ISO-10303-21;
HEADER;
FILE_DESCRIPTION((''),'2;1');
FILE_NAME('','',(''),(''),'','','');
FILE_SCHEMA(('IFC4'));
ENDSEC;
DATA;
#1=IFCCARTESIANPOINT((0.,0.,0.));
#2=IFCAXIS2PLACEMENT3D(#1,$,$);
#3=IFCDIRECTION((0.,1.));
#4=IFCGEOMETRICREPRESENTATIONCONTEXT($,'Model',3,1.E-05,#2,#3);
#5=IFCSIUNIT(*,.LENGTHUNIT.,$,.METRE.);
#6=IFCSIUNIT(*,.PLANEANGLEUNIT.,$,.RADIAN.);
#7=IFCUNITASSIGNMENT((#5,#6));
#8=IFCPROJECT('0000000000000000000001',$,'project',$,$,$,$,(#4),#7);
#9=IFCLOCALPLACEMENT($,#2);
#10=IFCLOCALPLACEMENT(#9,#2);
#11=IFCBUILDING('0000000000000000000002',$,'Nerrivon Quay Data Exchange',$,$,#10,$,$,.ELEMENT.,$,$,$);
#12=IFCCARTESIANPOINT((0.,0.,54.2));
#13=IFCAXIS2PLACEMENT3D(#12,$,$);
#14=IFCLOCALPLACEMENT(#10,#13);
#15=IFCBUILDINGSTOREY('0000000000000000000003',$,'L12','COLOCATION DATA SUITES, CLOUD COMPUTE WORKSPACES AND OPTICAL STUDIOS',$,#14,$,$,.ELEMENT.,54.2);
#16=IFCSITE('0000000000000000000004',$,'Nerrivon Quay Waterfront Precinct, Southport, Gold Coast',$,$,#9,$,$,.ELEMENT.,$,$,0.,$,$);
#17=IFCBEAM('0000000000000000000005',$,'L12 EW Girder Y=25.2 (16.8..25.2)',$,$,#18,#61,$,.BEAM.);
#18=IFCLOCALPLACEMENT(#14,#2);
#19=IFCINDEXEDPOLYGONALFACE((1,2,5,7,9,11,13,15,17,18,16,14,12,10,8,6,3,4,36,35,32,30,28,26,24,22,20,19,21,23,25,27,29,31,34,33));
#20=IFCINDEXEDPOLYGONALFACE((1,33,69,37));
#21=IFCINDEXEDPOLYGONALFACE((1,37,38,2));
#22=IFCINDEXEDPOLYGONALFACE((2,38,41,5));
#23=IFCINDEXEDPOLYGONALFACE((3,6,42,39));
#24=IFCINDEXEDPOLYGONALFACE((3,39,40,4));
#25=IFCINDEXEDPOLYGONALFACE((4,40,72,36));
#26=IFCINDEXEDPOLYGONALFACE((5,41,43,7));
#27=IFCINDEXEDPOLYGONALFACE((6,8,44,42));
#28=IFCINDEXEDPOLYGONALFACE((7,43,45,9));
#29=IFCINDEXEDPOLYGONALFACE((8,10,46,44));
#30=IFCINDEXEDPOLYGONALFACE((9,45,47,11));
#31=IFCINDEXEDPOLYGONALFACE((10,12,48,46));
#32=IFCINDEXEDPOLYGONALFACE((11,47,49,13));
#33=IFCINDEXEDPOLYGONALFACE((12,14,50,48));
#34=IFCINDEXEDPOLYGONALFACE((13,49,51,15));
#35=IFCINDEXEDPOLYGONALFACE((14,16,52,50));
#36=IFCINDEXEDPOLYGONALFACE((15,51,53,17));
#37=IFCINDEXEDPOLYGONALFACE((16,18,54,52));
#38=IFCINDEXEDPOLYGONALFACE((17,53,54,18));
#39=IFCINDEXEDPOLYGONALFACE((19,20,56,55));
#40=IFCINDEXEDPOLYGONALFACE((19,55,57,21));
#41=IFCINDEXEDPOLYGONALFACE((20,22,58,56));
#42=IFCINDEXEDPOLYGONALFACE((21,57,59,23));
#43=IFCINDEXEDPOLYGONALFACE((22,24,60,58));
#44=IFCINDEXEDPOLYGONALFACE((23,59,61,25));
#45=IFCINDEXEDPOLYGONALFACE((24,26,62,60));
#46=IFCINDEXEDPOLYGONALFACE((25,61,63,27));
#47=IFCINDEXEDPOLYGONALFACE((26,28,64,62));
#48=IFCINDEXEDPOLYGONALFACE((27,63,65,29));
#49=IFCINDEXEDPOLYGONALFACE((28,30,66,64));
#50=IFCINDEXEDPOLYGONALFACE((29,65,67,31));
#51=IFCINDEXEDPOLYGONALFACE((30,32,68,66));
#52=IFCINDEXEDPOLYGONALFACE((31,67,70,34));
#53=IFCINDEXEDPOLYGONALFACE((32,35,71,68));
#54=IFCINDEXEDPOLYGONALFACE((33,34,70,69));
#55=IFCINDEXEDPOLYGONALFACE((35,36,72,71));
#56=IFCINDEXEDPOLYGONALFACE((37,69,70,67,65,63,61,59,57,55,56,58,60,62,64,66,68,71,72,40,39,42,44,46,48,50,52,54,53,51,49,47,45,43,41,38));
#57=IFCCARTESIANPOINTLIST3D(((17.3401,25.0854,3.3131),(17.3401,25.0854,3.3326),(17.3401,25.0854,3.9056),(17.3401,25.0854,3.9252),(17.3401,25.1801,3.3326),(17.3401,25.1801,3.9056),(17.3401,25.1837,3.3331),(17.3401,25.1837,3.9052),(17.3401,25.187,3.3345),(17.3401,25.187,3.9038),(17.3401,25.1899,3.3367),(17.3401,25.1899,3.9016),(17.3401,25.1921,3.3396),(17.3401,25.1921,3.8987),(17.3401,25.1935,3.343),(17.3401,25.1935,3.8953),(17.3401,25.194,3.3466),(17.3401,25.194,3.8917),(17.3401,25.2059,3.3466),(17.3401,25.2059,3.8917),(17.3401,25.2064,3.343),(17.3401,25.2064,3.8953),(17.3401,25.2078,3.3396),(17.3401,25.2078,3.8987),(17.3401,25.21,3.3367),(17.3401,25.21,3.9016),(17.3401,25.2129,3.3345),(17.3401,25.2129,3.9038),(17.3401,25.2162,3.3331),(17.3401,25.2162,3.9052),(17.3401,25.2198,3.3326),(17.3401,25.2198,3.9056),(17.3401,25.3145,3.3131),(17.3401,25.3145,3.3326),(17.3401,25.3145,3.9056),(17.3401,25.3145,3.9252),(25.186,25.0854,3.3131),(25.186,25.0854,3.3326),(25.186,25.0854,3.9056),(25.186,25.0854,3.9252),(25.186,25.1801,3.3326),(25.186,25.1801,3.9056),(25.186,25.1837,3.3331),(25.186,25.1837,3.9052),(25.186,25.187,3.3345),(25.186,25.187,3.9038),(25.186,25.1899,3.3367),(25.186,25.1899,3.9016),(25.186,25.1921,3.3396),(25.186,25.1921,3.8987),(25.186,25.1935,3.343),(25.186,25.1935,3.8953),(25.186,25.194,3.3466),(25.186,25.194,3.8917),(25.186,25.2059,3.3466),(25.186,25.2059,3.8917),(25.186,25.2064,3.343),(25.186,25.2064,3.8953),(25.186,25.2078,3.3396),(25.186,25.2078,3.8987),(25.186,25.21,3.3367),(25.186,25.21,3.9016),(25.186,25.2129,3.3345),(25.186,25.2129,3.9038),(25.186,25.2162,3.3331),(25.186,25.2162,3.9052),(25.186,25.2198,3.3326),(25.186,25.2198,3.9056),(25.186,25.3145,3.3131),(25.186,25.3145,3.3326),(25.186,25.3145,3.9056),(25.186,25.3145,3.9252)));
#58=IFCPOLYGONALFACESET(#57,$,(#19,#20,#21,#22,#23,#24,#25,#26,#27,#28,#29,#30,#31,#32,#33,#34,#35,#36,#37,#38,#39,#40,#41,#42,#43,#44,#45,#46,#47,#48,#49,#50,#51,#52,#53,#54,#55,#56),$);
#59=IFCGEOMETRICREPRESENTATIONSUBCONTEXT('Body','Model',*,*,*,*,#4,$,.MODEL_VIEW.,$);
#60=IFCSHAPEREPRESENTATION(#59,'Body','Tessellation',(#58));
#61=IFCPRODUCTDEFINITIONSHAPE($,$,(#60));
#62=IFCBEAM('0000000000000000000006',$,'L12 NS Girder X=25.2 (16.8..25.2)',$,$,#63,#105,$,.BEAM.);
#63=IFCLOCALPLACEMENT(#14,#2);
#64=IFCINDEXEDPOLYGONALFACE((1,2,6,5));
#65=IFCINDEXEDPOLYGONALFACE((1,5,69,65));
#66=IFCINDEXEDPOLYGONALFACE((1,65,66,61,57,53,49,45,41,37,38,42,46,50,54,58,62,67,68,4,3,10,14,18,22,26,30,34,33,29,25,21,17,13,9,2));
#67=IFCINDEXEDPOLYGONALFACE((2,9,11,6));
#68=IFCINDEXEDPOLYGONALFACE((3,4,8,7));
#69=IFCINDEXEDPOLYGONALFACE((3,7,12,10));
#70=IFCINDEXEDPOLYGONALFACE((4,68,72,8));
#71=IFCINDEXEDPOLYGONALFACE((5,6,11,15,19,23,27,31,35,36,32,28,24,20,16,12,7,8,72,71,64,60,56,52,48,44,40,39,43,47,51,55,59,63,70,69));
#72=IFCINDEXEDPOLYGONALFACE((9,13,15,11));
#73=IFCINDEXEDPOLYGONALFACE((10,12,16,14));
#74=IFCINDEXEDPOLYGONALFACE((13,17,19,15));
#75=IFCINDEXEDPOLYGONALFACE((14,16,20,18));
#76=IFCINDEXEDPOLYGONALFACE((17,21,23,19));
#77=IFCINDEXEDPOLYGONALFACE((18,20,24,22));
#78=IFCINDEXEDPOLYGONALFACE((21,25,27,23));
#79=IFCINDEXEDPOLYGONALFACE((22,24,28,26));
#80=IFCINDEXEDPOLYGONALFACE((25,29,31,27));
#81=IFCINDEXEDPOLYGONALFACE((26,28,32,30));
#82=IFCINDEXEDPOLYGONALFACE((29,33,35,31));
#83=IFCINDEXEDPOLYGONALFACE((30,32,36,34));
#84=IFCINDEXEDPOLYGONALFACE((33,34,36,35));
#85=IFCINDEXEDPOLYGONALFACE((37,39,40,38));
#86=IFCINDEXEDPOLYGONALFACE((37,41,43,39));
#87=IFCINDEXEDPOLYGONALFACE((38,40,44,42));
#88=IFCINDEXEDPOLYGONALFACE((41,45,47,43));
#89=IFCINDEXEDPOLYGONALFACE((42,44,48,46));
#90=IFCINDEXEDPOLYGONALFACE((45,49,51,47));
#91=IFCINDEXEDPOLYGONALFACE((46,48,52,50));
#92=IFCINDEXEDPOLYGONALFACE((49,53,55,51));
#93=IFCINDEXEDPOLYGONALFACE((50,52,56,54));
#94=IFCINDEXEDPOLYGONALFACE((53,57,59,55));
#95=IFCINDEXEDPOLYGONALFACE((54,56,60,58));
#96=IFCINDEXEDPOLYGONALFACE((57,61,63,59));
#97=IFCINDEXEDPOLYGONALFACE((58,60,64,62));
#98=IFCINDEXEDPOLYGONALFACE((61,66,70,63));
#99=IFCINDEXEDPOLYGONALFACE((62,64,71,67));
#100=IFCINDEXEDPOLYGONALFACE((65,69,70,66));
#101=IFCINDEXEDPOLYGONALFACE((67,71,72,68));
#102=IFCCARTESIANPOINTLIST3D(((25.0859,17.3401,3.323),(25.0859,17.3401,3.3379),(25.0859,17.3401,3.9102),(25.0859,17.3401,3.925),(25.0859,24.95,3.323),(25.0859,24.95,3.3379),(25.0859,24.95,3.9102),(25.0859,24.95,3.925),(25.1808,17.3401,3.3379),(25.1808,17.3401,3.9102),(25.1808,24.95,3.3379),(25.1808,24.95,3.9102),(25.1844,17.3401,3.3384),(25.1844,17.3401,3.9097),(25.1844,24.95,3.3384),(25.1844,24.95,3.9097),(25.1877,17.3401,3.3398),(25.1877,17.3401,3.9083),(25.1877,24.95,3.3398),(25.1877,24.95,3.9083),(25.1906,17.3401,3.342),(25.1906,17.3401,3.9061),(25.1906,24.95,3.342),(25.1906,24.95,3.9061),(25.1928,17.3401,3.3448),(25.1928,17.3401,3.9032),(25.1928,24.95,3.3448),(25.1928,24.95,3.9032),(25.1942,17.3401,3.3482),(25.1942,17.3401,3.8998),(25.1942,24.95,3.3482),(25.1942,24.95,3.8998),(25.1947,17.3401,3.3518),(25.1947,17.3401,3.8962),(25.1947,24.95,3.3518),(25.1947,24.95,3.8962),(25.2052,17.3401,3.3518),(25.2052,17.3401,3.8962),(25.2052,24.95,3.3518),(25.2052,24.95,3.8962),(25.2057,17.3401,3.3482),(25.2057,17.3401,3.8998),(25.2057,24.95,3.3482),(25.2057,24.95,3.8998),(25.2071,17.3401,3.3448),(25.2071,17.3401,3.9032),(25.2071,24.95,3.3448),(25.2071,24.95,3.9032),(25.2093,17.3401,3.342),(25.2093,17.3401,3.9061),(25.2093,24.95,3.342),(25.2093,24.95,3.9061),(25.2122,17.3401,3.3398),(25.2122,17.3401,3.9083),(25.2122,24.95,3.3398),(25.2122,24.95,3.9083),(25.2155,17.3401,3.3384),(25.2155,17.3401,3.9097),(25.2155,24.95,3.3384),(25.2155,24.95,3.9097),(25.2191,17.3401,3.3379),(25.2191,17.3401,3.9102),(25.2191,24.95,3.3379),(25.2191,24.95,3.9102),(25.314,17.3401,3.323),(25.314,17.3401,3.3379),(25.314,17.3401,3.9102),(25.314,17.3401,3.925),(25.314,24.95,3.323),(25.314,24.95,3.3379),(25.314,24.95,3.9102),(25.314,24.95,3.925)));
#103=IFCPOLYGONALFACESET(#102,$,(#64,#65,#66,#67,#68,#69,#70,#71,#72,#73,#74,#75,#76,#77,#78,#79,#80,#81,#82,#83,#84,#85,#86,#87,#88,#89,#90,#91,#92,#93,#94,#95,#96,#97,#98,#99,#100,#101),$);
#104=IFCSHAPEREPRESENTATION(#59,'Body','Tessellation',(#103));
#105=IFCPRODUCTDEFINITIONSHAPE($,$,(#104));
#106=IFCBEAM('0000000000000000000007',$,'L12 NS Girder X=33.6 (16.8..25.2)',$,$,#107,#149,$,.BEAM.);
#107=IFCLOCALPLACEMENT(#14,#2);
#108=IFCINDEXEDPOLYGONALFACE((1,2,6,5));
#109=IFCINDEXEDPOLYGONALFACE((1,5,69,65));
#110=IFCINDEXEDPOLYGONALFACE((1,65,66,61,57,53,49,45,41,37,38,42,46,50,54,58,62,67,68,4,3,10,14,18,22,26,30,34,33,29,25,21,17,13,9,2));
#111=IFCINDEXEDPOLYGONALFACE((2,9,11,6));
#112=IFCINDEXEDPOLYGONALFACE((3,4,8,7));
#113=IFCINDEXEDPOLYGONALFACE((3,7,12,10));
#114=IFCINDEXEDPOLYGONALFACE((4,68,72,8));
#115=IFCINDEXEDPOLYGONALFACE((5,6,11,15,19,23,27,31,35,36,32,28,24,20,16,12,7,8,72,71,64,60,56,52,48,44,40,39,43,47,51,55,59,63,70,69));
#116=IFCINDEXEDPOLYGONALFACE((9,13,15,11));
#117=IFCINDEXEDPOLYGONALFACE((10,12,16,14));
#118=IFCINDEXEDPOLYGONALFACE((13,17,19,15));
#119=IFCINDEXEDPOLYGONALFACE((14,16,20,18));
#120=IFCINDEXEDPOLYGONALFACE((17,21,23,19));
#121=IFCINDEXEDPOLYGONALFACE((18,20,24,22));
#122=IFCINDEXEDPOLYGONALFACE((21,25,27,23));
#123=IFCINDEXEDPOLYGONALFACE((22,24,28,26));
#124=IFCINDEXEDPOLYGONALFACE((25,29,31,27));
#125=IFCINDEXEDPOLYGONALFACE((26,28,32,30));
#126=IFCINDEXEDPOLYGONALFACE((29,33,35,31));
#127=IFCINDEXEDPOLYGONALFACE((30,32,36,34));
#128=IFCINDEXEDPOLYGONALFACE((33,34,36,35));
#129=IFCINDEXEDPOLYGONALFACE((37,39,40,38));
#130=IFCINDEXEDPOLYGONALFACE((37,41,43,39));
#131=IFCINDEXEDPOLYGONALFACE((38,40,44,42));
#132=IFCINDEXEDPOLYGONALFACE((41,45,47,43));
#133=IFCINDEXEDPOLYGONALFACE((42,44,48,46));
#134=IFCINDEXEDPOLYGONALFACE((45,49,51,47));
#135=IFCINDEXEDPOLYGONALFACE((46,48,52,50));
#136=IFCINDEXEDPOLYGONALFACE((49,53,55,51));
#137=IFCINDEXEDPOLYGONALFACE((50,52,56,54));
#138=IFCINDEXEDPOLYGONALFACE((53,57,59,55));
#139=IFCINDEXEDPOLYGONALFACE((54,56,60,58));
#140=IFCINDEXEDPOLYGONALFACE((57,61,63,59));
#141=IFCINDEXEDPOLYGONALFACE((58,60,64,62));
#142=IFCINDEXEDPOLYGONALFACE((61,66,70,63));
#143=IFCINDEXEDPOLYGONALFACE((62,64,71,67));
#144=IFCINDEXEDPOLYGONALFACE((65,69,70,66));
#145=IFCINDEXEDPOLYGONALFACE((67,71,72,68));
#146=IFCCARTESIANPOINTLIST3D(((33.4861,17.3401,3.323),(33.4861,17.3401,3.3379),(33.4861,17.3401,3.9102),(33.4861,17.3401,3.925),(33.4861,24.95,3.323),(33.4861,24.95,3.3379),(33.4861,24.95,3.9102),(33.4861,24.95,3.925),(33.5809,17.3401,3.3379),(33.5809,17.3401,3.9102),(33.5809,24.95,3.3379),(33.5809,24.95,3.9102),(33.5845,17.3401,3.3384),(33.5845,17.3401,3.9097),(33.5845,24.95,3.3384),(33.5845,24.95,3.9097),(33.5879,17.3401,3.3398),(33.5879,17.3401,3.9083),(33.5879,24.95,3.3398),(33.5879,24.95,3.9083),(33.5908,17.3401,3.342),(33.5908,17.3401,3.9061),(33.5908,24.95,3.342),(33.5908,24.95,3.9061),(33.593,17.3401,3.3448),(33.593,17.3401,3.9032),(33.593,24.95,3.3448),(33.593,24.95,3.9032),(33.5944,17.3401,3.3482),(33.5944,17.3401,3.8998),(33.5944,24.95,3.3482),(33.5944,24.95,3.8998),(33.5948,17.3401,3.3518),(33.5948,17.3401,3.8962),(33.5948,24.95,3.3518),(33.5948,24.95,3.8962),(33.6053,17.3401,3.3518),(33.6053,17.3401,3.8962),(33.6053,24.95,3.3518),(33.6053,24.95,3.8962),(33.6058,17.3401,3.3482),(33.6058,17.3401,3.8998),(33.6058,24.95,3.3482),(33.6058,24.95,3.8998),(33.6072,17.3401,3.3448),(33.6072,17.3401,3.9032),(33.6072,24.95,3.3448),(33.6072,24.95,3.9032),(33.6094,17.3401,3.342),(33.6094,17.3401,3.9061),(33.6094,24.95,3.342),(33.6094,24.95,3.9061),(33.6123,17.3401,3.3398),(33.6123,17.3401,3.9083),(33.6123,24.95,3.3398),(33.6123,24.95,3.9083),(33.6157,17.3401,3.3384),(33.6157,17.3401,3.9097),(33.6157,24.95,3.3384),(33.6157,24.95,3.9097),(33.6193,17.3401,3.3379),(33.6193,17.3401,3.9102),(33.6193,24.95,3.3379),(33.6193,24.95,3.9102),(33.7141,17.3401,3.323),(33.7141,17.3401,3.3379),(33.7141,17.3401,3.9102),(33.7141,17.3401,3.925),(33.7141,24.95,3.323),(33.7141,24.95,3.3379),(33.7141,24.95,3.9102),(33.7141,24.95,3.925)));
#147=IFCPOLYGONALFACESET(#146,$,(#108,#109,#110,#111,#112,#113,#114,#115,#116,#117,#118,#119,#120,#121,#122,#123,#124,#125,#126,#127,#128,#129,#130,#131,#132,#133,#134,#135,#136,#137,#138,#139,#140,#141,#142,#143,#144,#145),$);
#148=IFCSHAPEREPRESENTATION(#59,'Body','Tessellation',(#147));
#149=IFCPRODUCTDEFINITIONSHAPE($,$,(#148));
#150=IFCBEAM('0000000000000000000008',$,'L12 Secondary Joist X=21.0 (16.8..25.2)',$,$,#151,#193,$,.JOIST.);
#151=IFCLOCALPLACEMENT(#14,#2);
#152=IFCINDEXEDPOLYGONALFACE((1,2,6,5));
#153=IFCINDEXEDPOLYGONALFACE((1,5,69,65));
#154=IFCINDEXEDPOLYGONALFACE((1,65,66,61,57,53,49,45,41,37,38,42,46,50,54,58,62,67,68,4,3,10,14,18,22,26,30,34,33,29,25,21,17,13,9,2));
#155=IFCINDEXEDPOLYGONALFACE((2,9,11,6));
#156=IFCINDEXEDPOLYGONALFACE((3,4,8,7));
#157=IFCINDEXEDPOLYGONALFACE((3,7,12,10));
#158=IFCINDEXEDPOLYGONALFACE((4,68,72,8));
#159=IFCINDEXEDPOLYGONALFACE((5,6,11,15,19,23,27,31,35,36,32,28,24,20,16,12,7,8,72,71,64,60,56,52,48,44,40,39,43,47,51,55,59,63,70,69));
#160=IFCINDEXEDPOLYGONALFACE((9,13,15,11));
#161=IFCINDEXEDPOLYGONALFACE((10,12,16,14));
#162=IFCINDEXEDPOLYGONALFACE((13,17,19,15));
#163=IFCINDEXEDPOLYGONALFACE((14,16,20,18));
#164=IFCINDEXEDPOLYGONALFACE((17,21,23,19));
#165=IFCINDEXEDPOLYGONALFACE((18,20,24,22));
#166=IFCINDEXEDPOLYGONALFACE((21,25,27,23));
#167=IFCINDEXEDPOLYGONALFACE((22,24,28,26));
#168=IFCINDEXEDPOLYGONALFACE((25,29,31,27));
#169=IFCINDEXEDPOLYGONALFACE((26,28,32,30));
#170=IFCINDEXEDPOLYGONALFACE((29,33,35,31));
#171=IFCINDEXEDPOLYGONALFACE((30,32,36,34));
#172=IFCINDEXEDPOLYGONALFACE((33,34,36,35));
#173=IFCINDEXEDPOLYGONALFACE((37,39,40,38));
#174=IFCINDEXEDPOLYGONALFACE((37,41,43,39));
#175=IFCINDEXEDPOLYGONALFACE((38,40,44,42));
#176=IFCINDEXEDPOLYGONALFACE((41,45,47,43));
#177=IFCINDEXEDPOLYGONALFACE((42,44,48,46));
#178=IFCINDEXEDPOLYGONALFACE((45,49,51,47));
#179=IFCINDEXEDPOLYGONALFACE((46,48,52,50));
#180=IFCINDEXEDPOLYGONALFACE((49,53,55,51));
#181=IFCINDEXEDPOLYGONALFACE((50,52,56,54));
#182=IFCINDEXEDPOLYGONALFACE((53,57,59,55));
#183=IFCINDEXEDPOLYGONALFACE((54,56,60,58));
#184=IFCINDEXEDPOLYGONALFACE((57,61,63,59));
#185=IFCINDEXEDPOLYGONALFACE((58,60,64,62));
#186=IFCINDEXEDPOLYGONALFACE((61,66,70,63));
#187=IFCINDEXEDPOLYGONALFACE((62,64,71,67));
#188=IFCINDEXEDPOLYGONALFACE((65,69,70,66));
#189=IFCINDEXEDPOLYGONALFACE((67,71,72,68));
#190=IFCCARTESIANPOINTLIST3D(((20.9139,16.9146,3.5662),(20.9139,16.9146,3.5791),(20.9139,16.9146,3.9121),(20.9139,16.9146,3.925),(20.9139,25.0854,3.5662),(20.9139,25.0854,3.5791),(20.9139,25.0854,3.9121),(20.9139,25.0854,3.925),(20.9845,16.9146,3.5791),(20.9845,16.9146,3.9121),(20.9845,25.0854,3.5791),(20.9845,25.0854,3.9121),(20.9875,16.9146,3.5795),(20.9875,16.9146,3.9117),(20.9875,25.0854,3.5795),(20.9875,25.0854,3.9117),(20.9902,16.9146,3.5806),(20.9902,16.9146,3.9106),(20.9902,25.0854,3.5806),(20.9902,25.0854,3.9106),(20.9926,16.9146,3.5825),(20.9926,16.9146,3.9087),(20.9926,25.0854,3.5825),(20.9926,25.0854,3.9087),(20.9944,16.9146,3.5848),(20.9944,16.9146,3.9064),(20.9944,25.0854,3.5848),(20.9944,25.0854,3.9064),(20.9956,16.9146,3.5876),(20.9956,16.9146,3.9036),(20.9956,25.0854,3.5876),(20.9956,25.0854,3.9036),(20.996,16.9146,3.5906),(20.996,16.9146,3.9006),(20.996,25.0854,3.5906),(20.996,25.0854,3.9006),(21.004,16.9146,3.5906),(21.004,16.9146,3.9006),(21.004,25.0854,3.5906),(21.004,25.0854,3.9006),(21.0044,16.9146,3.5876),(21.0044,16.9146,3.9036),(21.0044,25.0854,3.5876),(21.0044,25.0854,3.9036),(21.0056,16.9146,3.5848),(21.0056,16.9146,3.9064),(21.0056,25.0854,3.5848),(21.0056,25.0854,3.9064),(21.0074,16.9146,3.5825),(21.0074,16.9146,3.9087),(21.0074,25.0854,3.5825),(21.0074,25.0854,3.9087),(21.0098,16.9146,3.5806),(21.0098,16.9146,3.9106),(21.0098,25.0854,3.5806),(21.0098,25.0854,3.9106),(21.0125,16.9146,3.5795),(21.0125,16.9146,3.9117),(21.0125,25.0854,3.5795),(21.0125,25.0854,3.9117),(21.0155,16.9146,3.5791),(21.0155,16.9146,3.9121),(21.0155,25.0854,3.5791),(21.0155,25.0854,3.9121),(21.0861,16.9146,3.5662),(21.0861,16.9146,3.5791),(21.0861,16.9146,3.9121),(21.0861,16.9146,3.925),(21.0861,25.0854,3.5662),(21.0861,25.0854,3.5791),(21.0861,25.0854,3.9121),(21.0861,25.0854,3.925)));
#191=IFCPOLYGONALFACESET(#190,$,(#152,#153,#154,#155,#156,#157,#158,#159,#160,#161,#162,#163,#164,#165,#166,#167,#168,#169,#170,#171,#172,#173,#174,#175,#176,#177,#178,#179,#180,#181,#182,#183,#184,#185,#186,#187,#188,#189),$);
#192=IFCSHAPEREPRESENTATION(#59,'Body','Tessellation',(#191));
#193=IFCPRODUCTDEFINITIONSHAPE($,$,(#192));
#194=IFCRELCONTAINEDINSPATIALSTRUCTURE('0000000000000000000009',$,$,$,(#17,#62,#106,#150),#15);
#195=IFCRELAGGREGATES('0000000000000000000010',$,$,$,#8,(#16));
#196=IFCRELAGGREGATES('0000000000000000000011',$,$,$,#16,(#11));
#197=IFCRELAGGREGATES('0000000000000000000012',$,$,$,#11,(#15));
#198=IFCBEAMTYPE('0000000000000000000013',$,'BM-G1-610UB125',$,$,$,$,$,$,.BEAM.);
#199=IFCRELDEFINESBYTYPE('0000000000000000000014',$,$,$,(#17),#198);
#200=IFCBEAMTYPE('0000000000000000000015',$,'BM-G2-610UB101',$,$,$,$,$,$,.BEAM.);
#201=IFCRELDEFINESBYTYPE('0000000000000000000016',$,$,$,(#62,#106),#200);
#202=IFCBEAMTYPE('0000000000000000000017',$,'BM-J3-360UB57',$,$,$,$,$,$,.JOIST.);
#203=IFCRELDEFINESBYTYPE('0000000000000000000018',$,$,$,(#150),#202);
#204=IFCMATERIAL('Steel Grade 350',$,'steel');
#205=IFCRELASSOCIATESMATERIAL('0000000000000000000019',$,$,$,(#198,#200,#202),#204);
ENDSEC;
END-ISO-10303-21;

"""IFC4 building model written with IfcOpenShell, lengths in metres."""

from ifc_helpers import new_model, si_unit, direction, frame, origin, origin_2d, place, context, subcontext, project, spatial, i_section, extrude, material, material_profile, profile_set, type_object, element, save


model = new_model("IFC4")

# Units and contexts
model_context = context("Model", 3, precision=1e-05, world=origin(), true_north=direction((0.0, 1.0)))
body_context = subcontext(model_context, "Body", "Model", "MODEL_VIEW")
ifc_project = project(units=[si_unit("LENGTHUNIT", "METRE"), si_unit("PLANEANGLEUNIT", "RADIAN")], contexts=[model_context])

# Site, building, storey
site_placement = place(None, origin())
site = spatial("IfcSite", under=ifc_project, at=site_placement, Name="Nerrivon Quay Waterfront Precinct, Southport, Gold Coast", CompositionType="ELEMENT", RefElevation=0.0)
building_placement = place(site_placement, origin())
building = spatial("IfcBuilding", under=site, at=building_placement, Name="Nerrivon Quay Data Exchange", CompositionType="ELEMENT")
storey_placement = place(building_placement, frame((0.0, 0.0, 54.2)))
storey = spatial("IfcBuildingStorey", under=building, at=storey_placement, Name="L12", Description="COLOCATION DATA SUITES, CLOUD COMPUTE WORKSPACES AND OPTICAL STUDIOS", CompositionType="ELEMENT", Elevation=54.2)

# Beams
ifc_material_1 = material(Name="Steel Grade 350", Category="steel")
ifc_material_profile_1 = material_profile(ifc_material_1, i_section(OverallWidth=0.229, OverallDepth=0.6121, WebThickness=0.012, FlangeThickness=0.0195, FilletRadius=0.0139, at=origin_2d()), Name="610UB125")
ifc_profile_set_1 = profile_set([ifc_material_profile_1], Name="Steel Grade 350")
beam_type_1 = type_object("IfcBeamType", Name="BM-G1-610UB125", PredefinedType="BEAM", material=ifc_profile_set_1)
beam_1_placement = place(storey_placement, frame((17.3401, 25.2, 3.6191), z_axis=(1.0, 0.0, 0.0), x_axis=(0.0, 1.0, 0.0)))
element("IfcBeam", 1, at=beam_1_placement, inside=storey, type_object=beam_type_1, Name="L12 EW Girder Y=25.2 (16.8..25.2)", PredefinedType="BEAM", context=body_context, shape_type="SweptSolid", body=[
    extrude(i_section(OverallWidth=0.229, OverallDepth=0.6121, WebThickness=0.012, FlangeThickness=0.0195, FilletRadius=0.0139, at=origin_2d()), origin(), (0.0, 0.0, 1.0), 7.8459),
])
ifc_material_profile_2 = material_profile(ifc_material_1, i_section(OverallWidth=0.228, OverallDepth=0.6021, WebThickness=0.0105, FlangeThickness=0.0149, FilletRadius=0.0139, at=origin_2d()), Name="610UB101")
ifc_profile_set_2 = profile_set([ifc_material_profile_2], Name="Steel Grade 350")
beam_type_2 = type_object("IfcBeamType", Name="BM-G2-610UB101", PredefinedType="BEAM", material=ifc_profile_set_2)
for number, where, z_axis, x_axis, name in (
    (2, (25.2, 17.3401, 3.624), (0.0, 1.0, 0.0), (-1.0, 0.0, 0.0), "L12 NS Girder X=25.2 (16.8..25.2)"),
    (3, (33.6001, 17.3401, 3.624), (0.0, 1.0, 0.0), (-1.0, 0.0, 0.0), "L12 NS Girder X=33.6 (16.8..25.2)"),
):
    element("IfcBeam", number, at=place(storey_placement, frame(where, z_axis=z_axis, x_axis=x_axis)), inside=storey, type_object=beam_type_2, Name=name, PredefinedType="BEAM", context=body_context, shape_type="SweptSolid", body=[
        extrude(i_section(OverallWidth=0.228, OverallDepth=0.6021, WebThickness=0.0105, FlangeThickness=0.0149, FilletRadius=0.0139, at=origin_2d()), origin(), (0.0, 0.0, 1.0), 7.6099),
    ])
ifc_material_profile_3 = material_profile(ifc_material_1, i_section(OverallWidth=0.1721, OverallDepth=0.3589, WebThickness=0.0081, FlangeThickness=0.0129, FilletRadius=0.0115, at=origin_2d()), Name="360UB56.7")
ifc_profile_set_3 = profile_set([ifc_material_profile_3], Name="Steel Grade 350")
beam_type_3 = type_object("IfcBeamType", Name="BM-J3-360UB57", PredefinedType="JOIST", material=ifc_profile_set_3)
beam_2_placement = place(storey_placement, frame((21.0, 16.9146, 3.7456), z_axis=(0.0, 1.0, 0.0), x_axis=(-1.0, 0.0, 0.0)))
element("IfcBeam", 4, at=beam_2_placement, inside=storey, type_object=beam_type_3, Name="L12 Secondary Joist X=21.0 (16.8..25.2)", PredefinedType="JOIST", context=body_context, shape_type="SweptSolid", body=[
    extrude(i_section(OverallWidth=0.1721, OverallDepth=0.3589, WebThickness=0.0081, FlangeThickness=0.0129, FilletRadius=0.0115, at=origin_2d()), origin(), (0.0, 0.0, 1.0), 8.1709),
])

save(model, "model.ifc")
